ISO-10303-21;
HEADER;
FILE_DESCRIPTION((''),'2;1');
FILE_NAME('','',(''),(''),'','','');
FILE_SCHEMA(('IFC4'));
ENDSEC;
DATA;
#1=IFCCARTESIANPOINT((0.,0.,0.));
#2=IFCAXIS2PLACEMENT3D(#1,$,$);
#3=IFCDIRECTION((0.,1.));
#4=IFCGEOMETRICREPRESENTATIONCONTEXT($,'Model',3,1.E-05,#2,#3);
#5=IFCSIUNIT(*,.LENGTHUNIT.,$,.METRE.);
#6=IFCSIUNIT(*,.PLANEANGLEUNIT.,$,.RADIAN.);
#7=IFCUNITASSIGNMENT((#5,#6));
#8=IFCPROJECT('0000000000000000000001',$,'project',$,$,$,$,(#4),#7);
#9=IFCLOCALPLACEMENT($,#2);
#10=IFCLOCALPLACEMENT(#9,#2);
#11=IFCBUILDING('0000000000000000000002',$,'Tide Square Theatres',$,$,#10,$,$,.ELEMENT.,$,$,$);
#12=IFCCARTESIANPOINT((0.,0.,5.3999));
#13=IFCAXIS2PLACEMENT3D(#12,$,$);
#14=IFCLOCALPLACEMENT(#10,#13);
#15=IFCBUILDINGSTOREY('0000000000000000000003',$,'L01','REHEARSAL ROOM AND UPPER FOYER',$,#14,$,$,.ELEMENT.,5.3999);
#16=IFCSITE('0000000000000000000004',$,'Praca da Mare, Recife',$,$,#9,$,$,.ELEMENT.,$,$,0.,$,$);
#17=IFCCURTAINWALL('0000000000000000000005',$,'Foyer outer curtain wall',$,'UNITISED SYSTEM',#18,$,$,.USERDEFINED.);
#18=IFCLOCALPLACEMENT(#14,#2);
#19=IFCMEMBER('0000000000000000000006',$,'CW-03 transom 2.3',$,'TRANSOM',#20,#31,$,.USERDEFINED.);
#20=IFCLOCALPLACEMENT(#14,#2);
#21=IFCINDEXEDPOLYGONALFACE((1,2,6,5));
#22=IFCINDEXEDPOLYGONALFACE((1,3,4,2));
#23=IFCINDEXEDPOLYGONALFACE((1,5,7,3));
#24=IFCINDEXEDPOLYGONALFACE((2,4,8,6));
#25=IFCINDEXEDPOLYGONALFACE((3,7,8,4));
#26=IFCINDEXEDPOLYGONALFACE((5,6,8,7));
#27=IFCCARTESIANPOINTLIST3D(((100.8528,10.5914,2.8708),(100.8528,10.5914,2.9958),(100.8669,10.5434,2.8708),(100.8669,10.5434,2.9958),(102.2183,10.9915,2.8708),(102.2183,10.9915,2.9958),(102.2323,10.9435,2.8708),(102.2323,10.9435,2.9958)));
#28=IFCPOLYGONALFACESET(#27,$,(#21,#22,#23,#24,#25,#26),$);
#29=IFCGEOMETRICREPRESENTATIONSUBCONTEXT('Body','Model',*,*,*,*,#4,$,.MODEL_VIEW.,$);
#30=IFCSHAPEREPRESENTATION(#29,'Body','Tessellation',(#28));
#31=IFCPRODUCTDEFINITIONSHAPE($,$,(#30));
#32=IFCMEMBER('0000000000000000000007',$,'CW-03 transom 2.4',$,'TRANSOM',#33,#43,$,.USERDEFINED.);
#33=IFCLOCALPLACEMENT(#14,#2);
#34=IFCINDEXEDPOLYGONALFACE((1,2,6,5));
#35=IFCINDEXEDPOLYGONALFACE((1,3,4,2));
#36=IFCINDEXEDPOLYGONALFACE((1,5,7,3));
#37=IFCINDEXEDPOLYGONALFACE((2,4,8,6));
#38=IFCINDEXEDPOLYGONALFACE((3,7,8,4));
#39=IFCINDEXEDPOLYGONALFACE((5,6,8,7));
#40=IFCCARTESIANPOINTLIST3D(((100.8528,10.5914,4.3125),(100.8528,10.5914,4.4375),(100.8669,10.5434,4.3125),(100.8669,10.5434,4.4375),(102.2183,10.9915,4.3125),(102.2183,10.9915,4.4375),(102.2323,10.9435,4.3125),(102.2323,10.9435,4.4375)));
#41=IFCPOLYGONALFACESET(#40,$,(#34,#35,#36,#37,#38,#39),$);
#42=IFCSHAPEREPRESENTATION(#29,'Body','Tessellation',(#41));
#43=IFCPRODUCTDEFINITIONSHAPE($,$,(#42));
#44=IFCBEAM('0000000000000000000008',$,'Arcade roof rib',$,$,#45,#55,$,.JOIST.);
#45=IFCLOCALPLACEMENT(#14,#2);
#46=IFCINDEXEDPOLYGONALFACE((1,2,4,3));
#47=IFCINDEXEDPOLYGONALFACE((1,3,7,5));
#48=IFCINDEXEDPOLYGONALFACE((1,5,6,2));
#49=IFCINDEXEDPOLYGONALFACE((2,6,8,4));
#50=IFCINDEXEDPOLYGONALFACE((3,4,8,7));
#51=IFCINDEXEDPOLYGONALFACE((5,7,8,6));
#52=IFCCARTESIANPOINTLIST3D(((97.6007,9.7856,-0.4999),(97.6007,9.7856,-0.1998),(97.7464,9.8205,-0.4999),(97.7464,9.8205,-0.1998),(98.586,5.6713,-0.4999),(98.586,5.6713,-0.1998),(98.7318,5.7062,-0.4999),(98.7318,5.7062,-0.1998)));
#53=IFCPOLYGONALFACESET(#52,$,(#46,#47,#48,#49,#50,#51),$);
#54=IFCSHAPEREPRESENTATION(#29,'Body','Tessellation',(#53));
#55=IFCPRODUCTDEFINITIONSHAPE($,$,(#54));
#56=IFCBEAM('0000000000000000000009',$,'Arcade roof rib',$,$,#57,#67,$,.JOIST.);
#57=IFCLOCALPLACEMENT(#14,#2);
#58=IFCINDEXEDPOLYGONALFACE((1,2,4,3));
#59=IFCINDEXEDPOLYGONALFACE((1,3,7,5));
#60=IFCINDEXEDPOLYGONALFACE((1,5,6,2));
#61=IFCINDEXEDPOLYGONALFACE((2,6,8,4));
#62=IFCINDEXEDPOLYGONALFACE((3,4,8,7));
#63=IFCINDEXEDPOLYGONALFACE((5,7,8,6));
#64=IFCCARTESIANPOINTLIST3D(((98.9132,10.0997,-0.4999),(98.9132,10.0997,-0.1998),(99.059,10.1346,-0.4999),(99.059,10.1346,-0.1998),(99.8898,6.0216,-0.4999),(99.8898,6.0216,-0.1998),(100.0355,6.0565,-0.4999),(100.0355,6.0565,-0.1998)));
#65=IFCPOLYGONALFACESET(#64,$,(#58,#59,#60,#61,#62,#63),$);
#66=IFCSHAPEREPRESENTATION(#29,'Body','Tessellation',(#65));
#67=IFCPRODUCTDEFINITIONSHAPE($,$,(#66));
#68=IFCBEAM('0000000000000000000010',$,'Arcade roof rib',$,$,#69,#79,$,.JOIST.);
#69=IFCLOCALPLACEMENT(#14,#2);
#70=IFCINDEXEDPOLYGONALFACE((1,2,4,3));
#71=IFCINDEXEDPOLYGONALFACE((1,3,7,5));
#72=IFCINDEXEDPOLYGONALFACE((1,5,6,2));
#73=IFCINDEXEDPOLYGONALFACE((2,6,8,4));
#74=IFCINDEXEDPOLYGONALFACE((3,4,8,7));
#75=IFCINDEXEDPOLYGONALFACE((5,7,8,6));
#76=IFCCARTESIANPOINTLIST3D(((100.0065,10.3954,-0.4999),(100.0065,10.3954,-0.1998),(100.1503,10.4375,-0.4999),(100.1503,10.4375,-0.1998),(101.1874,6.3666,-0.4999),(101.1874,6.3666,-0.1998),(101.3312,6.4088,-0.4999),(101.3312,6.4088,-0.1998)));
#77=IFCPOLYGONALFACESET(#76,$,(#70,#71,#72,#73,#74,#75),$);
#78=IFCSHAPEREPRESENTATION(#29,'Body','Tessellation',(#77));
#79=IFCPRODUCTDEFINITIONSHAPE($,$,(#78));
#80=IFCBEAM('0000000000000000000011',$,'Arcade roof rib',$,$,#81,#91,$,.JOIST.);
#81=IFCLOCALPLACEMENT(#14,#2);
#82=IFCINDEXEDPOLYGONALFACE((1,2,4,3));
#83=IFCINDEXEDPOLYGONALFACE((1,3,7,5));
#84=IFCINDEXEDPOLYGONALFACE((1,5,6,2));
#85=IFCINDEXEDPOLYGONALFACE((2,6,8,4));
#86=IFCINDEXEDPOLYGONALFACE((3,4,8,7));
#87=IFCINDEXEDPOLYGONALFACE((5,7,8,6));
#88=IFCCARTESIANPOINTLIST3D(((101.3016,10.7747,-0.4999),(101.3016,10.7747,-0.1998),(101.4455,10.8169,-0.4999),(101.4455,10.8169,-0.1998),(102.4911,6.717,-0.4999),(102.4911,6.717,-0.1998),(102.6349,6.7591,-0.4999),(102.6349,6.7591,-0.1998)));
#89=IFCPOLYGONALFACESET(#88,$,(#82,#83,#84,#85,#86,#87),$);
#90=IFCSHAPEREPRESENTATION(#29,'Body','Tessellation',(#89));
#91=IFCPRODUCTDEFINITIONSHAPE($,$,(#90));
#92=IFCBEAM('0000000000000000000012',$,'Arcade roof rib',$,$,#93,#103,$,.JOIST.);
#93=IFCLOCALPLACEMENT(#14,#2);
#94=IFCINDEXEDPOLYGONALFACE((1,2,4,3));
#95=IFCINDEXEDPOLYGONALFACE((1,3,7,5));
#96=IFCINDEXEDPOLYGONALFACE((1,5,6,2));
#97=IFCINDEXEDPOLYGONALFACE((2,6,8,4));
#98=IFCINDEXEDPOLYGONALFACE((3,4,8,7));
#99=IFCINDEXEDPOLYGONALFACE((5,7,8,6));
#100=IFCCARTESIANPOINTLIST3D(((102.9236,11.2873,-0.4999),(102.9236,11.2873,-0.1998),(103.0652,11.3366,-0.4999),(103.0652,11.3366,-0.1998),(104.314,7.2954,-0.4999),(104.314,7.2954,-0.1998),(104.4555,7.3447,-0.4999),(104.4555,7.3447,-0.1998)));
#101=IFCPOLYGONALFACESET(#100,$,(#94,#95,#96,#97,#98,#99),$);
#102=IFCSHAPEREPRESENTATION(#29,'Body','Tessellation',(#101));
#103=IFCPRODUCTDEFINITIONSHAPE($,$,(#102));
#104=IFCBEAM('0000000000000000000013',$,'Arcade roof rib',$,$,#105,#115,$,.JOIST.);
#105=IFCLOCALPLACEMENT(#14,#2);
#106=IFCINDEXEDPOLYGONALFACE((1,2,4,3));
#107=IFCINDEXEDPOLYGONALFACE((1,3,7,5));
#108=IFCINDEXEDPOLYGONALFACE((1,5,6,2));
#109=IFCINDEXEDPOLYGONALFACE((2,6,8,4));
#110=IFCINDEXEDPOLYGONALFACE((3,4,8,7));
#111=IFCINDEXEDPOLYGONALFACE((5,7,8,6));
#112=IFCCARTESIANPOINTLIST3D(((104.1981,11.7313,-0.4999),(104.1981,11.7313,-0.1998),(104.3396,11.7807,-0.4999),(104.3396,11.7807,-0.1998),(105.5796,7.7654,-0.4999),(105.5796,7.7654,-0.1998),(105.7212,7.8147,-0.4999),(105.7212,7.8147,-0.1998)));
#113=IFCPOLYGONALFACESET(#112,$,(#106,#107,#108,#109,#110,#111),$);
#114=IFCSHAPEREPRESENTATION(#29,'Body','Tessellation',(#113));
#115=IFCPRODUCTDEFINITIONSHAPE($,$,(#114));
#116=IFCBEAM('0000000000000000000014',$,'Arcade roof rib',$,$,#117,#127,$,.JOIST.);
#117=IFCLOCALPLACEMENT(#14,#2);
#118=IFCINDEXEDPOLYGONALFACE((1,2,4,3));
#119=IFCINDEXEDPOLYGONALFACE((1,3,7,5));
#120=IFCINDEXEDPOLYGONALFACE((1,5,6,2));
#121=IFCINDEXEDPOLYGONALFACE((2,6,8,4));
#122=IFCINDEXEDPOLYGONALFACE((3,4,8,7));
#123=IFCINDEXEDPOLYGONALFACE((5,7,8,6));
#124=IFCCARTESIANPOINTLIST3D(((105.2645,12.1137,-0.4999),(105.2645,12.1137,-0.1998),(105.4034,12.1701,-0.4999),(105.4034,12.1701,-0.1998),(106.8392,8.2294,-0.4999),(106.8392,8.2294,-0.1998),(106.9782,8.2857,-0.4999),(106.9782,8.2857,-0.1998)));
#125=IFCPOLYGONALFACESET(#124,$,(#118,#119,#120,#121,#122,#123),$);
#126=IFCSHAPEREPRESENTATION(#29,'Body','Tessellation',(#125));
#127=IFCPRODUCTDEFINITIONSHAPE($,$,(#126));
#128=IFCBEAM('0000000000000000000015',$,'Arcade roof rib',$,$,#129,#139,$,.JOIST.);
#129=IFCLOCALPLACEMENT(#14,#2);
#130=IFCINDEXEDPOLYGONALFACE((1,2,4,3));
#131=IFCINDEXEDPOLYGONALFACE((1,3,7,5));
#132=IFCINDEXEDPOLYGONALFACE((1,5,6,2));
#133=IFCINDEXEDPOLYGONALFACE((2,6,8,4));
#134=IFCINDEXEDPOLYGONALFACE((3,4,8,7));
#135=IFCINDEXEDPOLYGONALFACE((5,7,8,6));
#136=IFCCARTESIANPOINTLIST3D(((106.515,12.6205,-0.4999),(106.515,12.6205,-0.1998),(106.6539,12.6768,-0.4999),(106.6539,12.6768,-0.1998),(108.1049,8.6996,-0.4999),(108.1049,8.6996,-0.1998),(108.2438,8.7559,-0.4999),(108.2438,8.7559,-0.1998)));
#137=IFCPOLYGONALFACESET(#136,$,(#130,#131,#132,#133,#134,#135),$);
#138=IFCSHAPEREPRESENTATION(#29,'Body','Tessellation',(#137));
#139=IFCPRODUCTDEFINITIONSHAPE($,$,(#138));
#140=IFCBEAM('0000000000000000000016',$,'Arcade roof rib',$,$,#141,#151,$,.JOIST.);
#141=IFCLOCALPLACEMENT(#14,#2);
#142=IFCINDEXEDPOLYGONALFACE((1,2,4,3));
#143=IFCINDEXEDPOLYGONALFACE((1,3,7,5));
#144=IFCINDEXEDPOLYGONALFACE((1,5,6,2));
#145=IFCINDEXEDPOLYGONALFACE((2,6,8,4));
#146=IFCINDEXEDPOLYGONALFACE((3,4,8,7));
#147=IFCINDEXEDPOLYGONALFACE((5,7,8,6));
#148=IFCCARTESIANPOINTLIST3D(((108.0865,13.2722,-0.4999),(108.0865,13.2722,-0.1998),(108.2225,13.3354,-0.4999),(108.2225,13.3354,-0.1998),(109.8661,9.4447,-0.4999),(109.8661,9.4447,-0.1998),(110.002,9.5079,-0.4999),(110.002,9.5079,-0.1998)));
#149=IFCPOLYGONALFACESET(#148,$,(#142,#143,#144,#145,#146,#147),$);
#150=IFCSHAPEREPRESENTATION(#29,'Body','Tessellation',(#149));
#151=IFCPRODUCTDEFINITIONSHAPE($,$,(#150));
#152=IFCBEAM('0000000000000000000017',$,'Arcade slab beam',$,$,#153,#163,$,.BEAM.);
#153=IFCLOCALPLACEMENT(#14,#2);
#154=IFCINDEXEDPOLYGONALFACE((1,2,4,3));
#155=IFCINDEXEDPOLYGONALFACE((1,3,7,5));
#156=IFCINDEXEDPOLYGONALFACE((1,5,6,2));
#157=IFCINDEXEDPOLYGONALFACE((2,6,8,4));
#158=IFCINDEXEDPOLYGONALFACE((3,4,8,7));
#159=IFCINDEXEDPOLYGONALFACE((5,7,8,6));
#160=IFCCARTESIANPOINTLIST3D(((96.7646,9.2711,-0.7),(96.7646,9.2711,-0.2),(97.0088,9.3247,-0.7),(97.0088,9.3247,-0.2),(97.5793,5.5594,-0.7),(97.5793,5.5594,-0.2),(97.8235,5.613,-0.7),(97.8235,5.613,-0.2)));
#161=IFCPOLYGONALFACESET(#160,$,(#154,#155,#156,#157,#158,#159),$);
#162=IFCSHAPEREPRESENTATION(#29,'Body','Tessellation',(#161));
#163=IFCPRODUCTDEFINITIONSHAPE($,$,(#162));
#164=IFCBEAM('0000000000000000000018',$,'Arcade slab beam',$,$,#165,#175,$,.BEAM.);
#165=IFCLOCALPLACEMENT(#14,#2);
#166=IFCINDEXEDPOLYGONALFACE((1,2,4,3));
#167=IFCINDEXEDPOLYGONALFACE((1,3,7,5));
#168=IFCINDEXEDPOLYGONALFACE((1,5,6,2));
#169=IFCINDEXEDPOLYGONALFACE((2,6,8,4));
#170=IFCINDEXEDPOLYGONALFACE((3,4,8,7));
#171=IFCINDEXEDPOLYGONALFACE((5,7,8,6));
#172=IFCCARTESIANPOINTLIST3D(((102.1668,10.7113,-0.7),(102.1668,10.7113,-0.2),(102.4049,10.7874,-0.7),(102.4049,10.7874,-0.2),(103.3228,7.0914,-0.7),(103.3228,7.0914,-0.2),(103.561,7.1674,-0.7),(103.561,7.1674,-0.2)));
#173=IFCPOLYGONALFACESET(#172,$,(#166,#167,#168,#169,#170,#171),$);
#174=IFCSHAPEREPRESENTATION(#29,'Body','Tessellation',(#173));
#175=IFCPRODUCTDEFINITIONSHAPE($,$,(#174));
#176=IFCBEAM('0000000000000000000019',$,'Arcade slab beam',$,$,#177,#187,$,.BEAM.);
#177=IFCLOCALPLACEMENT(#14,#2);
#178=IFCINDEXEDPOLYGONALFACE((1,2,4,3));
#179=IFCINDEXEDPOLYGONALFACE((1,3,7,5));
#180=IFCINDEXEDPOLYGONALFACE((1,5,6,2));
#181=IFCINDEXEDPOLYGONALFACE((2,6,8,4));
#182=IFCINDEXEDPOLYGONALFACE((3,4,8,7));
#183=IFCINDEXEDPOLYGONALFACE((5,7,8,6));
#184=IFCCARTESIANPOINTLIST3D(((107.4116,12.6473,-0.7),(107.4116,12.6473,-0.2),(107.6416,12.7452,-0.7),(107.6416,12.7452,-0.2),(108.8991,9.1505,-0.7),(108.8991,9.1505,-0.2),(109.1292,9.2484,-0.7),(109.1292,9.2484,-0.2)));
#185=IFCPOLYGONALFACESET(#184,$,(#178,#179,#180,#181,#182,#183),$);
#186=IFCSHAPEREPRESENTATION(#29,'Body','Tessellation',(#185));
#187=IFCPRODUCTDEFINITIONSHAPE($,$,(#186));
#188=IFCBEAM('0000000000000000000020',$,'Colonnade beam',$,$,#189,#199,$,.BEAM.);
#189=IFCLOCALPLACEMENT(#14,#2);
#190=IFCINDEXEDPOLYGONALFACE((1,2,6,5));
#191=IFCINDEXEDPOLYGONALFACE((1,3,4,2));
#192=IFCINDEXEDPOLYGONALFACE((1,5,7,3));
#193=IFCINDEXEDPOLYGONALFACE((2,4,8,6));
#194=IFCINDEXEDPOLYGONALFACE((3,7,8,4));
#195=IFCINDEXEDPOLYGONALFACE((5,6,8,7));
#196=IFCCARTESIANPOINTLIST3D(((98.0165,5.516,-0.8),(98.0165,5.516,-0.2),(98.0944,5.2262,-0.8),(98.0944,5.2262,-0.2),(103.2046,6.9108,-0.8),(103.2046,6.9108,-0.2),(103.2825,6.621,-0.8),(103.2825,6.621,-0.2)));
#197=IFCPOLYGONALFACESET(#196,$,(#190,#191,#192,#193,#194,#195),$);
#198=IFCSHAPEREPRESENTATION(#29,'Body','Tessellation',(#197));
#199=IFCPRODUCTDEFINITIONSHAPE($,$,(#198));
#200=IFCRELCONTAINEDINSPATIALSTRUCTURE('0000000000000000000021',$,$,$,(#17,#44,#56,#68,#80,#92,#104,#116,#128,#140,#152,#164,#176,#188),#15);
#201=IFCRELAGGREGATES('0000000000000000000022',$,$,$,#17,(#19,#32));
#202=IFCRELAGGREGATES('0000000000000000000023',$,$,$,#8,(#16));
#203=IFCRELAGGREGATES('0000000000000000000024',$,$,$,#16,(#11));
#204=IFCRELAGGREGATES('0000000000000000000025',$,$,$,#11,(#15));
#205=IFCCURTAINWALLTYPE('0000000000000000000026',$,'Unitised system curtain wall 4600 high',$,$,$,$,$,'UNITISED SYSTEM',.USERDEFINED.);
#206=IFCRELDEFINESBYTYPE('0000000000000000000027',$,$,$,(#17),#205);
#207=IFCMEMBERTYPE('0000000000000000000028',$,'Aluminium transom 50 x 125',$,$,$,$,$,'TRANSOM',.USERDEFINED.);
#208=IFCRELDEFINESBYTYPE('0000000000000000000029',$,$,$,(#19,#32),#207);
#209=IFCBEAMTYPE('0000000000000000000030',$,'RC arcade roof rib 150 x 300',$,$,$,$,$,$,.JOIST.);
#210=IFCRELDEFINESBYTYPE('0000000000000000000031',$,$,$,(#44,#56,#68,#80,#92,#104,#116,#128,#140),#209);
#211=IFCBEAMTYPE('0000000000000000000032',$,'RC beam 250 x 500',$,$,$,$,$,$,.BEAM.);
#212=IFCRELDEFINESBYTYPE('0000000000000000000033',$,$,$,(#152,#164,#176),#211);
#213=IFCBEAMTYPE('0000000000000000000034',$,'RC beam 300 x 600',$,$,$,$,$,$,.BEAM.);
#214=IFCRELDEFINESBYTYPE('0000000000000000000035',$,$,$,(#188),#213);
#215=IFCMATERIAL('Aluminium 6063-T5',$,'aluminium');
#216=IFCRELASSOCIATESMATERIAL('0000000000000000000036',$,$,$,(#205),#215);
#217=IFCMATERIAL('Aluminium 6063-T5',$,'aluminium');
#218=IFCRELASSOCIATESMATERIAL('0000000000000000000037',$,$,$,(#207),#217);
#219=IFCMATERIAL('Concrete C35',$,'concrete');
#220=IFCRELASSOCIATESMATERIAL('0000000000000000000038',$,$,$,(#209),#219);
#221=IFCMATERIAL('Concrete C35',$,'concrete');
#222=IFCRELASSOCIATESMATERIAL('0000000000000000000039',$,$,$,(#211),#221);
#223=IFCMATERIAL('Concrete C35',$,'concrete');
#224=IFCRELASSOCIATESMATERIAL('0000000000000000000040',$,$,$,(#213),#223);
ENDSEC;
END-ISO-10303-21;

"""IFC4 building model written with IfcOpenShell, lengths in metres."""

from ifc_helpers import new_model, si_unit, direction, frame, origin, origin_2d, place, context, subcontext, project, spatial, rectangle, extrude, material, material_profile, profile_set, type_object, element, aggregate, save


model = new_model("IFC4")

# Units and contexts
model_context = context("Model", 3, precision=1e-05, world=origin(), true_north=direction((0.0, 1.0)))
body_context = subcontext(model_context, "Body", "Model", "MODEL_VIEW")
ifc_project = project(units=[si_unit("LENGTHUNIT", "METRE"), si_unit("PLANEANGLEUNIT", "RADIAN")], contexts=[model_context])

# Site, building, storey
site_placement = place(None, origin())
site = spatial("IfcSite", under=ifc_project, at=site_placement, Name="Praca da Mare, Recife", CompositionType="ELEMENT", RefElevation=0.0)
building_placement = place(site_placement, origin())
building = spatial("IfcBuilding", under=site, at=building_placement, Name="Tide Square Theatres", CompositionType="ELEMENT")
storey_placement = place(building_placement, frame((0.0, 0.0, 5.3999)))
storey = spatial("IfcBuildingStorey", under=building, at=storey_placement, Name="L01", Description="REHEARSAL ROOM AND UPPER FOYER", CompositionType="ELEMENT", Elevation=5.3999)

# Curtain wall
ifc_material_1 = material(Name="Aluminium 6063-T5", Category="aluminium")
curtain_wall_type_1 = type_object("IfcCurtainWallType", Name="Unitised system curtain wall 4600 high", ElementType="UNITISED SYSTEM", PredefinedType="USERDEFINED", material=ifc_material_1)
curtain_wall_1_placement = place(storey_placement, origin())
curtain_wall_1 = element("IfcCurtainWall", 1, at=curtain_wall_1_placement, inside=storey, type_object=curtain_wall_type_1, Name="Foyer outer curtain wall", ObjectType="UNITISED SYSTEM", PredefinedType="USERDEFINED")

# Members
ifc_material_2 = material(Name="Aluminium 6063-T5", Category="aluminium")
ifc_material_profile_1 = material_profile(ifc_material_2, rectangle(XDim=0.05, YDim=0.125, at=origin_2d()))
ifc_profile_set_1 = profile_set([ifc_material_profile_1], Name="Aluminium 6063-T5")
member_type_1 = type_object("IfcMemberType", Name="Aluminium transom 50 x 125", ElementType="TRANSOM", PredefinedType="USERDEFINED", material=ifc_profile_set_1)
member_1_placement = place(storey_placement, frame((100.8599, 10.5674, 2.9333), z_axis=(0.959644, 0.281219, 0.0), x_axis=(-0.281219, 0.959644, 0.0)))
member_1 = element("IfcMember", 2, at=member_1_placement, type_object=member_type_1, Name="CW-03 transom 2.3", ObjectType="TRANSOM", PredefinedType="USERDEFINED", context=body_context, shape_type="SweptSolid", body=[
    extrude(rectangle(XDim=0.05, YDim=0.125, at=origin_2d()), origin(), (0.0, 0.0, 1.0), 1.4229),
])
member_2_placement = place(storey_placement, frame((100.8599, 10.5674, 4.375), z_axis=(0.959644, 0.281219, 0.0), x_axis=(-0.281219, 0.959644, 0.0)))
member_2 = element("IfcMember", 3, at=member_2_placement, type_object=member_type_1, Name="CW-03 transom 2.4", ObjectType="TRANSOM", PredefinedType="USERDEFINED", context=body_context, shape_type="SweptSolid", body=[
    extrude(rectangle(XDim=0.05, YDim=0.125, at=origin_2d()), origin(), (0.0, 0.0, 1.0), 1.4229),
])

# Beams
ifc_material_3 = material(Name="Concrete C35", Category="concrete")
ifc_material_profile_2 = material_profile(ifc_material_3, rectangle(XDim=0.1499, YDim=0.3, at=origin_2d()))
ifc_profile_set_2 = profile_set([ifc_material_profile_2], Name="Concrete C35")
beam_type_1 = type_object("IfcBeamType", Name="RC arcade roof rib 150 x 300", PredefinedType="JOIST", material=ifc_profile_set_2)
beam_1_placement = place(storey_placement, frame((98.6589, 5.6887, -0.3499), z_axis=(-0.23291, 0.972498, 0.0), x_axis=(-0.972498, -0.23291, 0.0)))
element("IfcBeam", 4, at=beam_1_placement, inside=storey, type_object=beam_type_1, Name="Arcade roof rib", PredefinedType="JOIST", context=body_context, shape_type="SweptSolid", body=[
    extrude(rectangle(XDim=0.1499, YDim=0.3, at=origin_2d()), origin(), (0.0, 0.0, 1.0), 4.2307),
])
beam_2_placement = place(storey_placement, frame((99.9626, 6.0391, -0.3499), z_axis=(-0.23288, 0.972506, 0.0), x_axis=(-0.972506, -0.23288, 0.0)))
element("IfcBeam", 5, at=beam_2_placement, inside=storey, type_object=beam_type_1, Name="Arcade roof rib", PredefinedType="JOIST", context=body_context, shape_type="SweptSolid", body=[
    extrude(rectangle(XDim=0.1499, YDim=0.3, at=origin_2d()), origin(), (0.0, 0.0, 1.0), 4.1934),
])
beam_3_placement = place(storey_placement, frame((101.2593, 6.3877, -0.3499), z_axis=(-0.281282, 0.959625, 0.0), x_axis=(-0.959625, -0.281282, 0.0)))
element("IfcBeam", 6, at=beam_3_placement, inside=storey, type_object=beam_type_1, Name="Arcade roof rib", PredefinedType="JOIST", context=body_context, shape_type="SweptSolid", body=[
    extrude(rectangle(XDim=0.1499, YDim=0.3, at=origin_2d()), origin(), (0.0, 0.0, 1.0), 4.1982),
])
beam_4_placement = place(storey_placement, frame((102.563, 6.738, -0.3499), z_axis=(-0.281288, 0.959623, 0.0), x_axis=(-0.959623, -0.281288, 0.0)))
element("IfcBeam", 7, at=beam_4_placement, inside=storey, type_object=beam_type_1, Name="Arcade roof rib", PredefinedType="JOIST", context=body_context, shape_type="SweptSolid", body=[
    extrude(rectangle(XDim=0.1499, YDim=0.3, at=origin_2d()), origin(), (0.0, 0.0, 1.0), 4.2285),
])
beam_5_placement = place(storey_placement, frame((104.3848, 7.3201, -0.3499), z_axis=(-0.328917, 0.944359, 0.0), x_axis=(-0.944359, -0.328917, 0.0)))
element("IfcBeam", 8, at=beam_5_placement, inside=storey, type_object=beam_type_1, Name="Arcade roof rib", PredefinedType="JOIST", context=body_context, shape_type="SweptSolid", body=[
    extrude(rectangle(XDim=0.1499, YDim=0.3, at=origin_2d()), origin(), (0.0, 0.0, 1.0), 4.2271),
])
beam_6_placement = place(storey_placement, frame((105.6504, 7.79, -0.3499), z_axis=(-0.328965, 0.944342, 0.0), x_axis=(-0.944342, -0.328965, 0.0)))
element("IfcBeam", 9, at=beam_6_placement, inside=storey, type_object=beam_type_1, Name="Arcade roof rib", PredefinedType="JOIST", context=body_context, shape_type="SweptSolid", body=[
    extrude(rectangle(XDim=0.1499, YDim=0.3, at=origin_2d()), origin(), (0.0, 0.0, 1.0), 4.1997),
])
beam_7_placement = place(storey_placement, frame((106.9087, 8.2576, -0.3499), z_axis=(-0.375705, 0.926739, 0.0), x_axis=(-0.926739, -0.375705, 0.0)))
element("IfcBeam", 10, at=beam_7_placement, inside=storey, type_object=beam_type_1, Name="Arcade roof rib", PredefinedType="JOIST", context=body_context, shape_type="SweptSolid", body=[
    extrude(rectangle(XDim=0.1499, YDim=0.3, at=origin_2d()), origin(), (0.0, 0.0, 1.0), 4.1914),
])
beam_8_placement = place(storey_placement, frame((108.1743, 8.7278, -0.3499), z_axis=(-0.375764, 0.926715, 0.0), x_axis=(-0.926715, -0.375764, 0.0)))
element("IfcBeam", 11, at=beam_8_placement, inside=storey, type_object=beam_type_1, Name="Arcade roof rib", PredefinedType="JOIST", context=body_context, shape_type="SweptSolid", body=[
    extrude(rectangle(XDim=0.1499, YDim=0.3, at=origin_2d()), origin(), (0.0, 0.0, 1.0), 4.231),
])
beam_9_placement = place(storey_placement, frame((109.9341, 9.4763, -0.3499), z_axis=(-0.421606, 0.906779, 0.0), x_axis=(-0.906779, -0.421606, 0.0)))
element("IfcBeam", 12, at=beam_9_placement, inside=storey, type_object=beam_type_1, Name="Arcade roof rib", PredefinedType="JOIST", context=body_context, shape_type="SweptSolid", body=[
    extrude(rectangle(XDim=0.1499, YDim=0.3, at=origin_2d()), origin(), (0.0, 0.0, 1.0), 4.2209),
])
ifc_material_4 = material(Name="Concrete C35", Category="concrete")
ifc_material_profile_3 = material_profile(ifc_material_4, rectangle(XDim=0.25, YDim=0.5, at=origin_2d()))
ifc_profile_set_3 = profile_set([ifc_material_profile_3], Name="Concrete C35")
beam_type_2 = type_object("IfcBeamType", Name="RC beam 250 x 500", PredefinedType="BEAM", material=ifc_profile_set_3)
for number, where, z_axis, x_axis, name in (
    (13, (97.7014, 5.5862, -0.45), (-0.214392, 0.976748, 0.0), (-0.976748, -0.214392, 0.0), "Arcade slab beam"),
    (14, (103.4419, 7.1294, -0.45), (-0.304214, 0.952604, 0.0), (-0.952604, -0.304214, 0.0), "Arcade slab beam"),
    (15, (109.0142, 9.1995, -0.45), (-0.391452, 0.920198, 0.0), (-0.920198, -0.391452, 0.0), "Arcade slab beam"),
):
    element("IfcBeam", number, at=place(storey_placement, frame(where, z_axis=z_axis, x_axis=x_axis)), inside=storey, type_object=beam_type_2, Name=name, PredefinedType="BEAM", context=body_context, shape_type="SweptSolid", body=[
        extrude(rectangle(XDim=0.25, YDim=0.5, at=origin_2d()), origin(), (0.0, 0.0, 1.0), 3.8),
    ])
ifc_material_5 = material(Name="Concrete C35", Category="concrete")
ifc_material_profile_4 = material_profile(ifc_material_5, rectangle(XDim=0.3, YDim=0.6001, at=origin_2d()))
ifc_profile_set_4 = profile_set([ifc_material_profile_4], Name="Concrete C35")
beam_type_3 = type_object("IfcBeamType", Name="RC beam 300 x 600", PredefinedType="BEAM", material=ifc_profile_set_4)
beam_10_placement = place(storey_placement, frame((98.0554, 5.3711, -0.5), z_axis=(0.965709, 0.259628, 0.0), x_axis=(-0.259628, 0.965709, 0.0)))
element("IfcBeam", 16, at=beam_10_placement, inside=storey, type_object=beam_type_3, Name="Colonnade beam", PredefinedType="BEAM", context=body_context, shape_type="SweptSolid", body=[
    extrude(rectangle(XDim=0.3, YDim=0.6001, at=origin_2d()), origin(), (0.0, 0.0, 1.0), 5.3723),
])

aggregate(curtain_wall_1, [member_1, member_2])

save(model, "model.ifc")
